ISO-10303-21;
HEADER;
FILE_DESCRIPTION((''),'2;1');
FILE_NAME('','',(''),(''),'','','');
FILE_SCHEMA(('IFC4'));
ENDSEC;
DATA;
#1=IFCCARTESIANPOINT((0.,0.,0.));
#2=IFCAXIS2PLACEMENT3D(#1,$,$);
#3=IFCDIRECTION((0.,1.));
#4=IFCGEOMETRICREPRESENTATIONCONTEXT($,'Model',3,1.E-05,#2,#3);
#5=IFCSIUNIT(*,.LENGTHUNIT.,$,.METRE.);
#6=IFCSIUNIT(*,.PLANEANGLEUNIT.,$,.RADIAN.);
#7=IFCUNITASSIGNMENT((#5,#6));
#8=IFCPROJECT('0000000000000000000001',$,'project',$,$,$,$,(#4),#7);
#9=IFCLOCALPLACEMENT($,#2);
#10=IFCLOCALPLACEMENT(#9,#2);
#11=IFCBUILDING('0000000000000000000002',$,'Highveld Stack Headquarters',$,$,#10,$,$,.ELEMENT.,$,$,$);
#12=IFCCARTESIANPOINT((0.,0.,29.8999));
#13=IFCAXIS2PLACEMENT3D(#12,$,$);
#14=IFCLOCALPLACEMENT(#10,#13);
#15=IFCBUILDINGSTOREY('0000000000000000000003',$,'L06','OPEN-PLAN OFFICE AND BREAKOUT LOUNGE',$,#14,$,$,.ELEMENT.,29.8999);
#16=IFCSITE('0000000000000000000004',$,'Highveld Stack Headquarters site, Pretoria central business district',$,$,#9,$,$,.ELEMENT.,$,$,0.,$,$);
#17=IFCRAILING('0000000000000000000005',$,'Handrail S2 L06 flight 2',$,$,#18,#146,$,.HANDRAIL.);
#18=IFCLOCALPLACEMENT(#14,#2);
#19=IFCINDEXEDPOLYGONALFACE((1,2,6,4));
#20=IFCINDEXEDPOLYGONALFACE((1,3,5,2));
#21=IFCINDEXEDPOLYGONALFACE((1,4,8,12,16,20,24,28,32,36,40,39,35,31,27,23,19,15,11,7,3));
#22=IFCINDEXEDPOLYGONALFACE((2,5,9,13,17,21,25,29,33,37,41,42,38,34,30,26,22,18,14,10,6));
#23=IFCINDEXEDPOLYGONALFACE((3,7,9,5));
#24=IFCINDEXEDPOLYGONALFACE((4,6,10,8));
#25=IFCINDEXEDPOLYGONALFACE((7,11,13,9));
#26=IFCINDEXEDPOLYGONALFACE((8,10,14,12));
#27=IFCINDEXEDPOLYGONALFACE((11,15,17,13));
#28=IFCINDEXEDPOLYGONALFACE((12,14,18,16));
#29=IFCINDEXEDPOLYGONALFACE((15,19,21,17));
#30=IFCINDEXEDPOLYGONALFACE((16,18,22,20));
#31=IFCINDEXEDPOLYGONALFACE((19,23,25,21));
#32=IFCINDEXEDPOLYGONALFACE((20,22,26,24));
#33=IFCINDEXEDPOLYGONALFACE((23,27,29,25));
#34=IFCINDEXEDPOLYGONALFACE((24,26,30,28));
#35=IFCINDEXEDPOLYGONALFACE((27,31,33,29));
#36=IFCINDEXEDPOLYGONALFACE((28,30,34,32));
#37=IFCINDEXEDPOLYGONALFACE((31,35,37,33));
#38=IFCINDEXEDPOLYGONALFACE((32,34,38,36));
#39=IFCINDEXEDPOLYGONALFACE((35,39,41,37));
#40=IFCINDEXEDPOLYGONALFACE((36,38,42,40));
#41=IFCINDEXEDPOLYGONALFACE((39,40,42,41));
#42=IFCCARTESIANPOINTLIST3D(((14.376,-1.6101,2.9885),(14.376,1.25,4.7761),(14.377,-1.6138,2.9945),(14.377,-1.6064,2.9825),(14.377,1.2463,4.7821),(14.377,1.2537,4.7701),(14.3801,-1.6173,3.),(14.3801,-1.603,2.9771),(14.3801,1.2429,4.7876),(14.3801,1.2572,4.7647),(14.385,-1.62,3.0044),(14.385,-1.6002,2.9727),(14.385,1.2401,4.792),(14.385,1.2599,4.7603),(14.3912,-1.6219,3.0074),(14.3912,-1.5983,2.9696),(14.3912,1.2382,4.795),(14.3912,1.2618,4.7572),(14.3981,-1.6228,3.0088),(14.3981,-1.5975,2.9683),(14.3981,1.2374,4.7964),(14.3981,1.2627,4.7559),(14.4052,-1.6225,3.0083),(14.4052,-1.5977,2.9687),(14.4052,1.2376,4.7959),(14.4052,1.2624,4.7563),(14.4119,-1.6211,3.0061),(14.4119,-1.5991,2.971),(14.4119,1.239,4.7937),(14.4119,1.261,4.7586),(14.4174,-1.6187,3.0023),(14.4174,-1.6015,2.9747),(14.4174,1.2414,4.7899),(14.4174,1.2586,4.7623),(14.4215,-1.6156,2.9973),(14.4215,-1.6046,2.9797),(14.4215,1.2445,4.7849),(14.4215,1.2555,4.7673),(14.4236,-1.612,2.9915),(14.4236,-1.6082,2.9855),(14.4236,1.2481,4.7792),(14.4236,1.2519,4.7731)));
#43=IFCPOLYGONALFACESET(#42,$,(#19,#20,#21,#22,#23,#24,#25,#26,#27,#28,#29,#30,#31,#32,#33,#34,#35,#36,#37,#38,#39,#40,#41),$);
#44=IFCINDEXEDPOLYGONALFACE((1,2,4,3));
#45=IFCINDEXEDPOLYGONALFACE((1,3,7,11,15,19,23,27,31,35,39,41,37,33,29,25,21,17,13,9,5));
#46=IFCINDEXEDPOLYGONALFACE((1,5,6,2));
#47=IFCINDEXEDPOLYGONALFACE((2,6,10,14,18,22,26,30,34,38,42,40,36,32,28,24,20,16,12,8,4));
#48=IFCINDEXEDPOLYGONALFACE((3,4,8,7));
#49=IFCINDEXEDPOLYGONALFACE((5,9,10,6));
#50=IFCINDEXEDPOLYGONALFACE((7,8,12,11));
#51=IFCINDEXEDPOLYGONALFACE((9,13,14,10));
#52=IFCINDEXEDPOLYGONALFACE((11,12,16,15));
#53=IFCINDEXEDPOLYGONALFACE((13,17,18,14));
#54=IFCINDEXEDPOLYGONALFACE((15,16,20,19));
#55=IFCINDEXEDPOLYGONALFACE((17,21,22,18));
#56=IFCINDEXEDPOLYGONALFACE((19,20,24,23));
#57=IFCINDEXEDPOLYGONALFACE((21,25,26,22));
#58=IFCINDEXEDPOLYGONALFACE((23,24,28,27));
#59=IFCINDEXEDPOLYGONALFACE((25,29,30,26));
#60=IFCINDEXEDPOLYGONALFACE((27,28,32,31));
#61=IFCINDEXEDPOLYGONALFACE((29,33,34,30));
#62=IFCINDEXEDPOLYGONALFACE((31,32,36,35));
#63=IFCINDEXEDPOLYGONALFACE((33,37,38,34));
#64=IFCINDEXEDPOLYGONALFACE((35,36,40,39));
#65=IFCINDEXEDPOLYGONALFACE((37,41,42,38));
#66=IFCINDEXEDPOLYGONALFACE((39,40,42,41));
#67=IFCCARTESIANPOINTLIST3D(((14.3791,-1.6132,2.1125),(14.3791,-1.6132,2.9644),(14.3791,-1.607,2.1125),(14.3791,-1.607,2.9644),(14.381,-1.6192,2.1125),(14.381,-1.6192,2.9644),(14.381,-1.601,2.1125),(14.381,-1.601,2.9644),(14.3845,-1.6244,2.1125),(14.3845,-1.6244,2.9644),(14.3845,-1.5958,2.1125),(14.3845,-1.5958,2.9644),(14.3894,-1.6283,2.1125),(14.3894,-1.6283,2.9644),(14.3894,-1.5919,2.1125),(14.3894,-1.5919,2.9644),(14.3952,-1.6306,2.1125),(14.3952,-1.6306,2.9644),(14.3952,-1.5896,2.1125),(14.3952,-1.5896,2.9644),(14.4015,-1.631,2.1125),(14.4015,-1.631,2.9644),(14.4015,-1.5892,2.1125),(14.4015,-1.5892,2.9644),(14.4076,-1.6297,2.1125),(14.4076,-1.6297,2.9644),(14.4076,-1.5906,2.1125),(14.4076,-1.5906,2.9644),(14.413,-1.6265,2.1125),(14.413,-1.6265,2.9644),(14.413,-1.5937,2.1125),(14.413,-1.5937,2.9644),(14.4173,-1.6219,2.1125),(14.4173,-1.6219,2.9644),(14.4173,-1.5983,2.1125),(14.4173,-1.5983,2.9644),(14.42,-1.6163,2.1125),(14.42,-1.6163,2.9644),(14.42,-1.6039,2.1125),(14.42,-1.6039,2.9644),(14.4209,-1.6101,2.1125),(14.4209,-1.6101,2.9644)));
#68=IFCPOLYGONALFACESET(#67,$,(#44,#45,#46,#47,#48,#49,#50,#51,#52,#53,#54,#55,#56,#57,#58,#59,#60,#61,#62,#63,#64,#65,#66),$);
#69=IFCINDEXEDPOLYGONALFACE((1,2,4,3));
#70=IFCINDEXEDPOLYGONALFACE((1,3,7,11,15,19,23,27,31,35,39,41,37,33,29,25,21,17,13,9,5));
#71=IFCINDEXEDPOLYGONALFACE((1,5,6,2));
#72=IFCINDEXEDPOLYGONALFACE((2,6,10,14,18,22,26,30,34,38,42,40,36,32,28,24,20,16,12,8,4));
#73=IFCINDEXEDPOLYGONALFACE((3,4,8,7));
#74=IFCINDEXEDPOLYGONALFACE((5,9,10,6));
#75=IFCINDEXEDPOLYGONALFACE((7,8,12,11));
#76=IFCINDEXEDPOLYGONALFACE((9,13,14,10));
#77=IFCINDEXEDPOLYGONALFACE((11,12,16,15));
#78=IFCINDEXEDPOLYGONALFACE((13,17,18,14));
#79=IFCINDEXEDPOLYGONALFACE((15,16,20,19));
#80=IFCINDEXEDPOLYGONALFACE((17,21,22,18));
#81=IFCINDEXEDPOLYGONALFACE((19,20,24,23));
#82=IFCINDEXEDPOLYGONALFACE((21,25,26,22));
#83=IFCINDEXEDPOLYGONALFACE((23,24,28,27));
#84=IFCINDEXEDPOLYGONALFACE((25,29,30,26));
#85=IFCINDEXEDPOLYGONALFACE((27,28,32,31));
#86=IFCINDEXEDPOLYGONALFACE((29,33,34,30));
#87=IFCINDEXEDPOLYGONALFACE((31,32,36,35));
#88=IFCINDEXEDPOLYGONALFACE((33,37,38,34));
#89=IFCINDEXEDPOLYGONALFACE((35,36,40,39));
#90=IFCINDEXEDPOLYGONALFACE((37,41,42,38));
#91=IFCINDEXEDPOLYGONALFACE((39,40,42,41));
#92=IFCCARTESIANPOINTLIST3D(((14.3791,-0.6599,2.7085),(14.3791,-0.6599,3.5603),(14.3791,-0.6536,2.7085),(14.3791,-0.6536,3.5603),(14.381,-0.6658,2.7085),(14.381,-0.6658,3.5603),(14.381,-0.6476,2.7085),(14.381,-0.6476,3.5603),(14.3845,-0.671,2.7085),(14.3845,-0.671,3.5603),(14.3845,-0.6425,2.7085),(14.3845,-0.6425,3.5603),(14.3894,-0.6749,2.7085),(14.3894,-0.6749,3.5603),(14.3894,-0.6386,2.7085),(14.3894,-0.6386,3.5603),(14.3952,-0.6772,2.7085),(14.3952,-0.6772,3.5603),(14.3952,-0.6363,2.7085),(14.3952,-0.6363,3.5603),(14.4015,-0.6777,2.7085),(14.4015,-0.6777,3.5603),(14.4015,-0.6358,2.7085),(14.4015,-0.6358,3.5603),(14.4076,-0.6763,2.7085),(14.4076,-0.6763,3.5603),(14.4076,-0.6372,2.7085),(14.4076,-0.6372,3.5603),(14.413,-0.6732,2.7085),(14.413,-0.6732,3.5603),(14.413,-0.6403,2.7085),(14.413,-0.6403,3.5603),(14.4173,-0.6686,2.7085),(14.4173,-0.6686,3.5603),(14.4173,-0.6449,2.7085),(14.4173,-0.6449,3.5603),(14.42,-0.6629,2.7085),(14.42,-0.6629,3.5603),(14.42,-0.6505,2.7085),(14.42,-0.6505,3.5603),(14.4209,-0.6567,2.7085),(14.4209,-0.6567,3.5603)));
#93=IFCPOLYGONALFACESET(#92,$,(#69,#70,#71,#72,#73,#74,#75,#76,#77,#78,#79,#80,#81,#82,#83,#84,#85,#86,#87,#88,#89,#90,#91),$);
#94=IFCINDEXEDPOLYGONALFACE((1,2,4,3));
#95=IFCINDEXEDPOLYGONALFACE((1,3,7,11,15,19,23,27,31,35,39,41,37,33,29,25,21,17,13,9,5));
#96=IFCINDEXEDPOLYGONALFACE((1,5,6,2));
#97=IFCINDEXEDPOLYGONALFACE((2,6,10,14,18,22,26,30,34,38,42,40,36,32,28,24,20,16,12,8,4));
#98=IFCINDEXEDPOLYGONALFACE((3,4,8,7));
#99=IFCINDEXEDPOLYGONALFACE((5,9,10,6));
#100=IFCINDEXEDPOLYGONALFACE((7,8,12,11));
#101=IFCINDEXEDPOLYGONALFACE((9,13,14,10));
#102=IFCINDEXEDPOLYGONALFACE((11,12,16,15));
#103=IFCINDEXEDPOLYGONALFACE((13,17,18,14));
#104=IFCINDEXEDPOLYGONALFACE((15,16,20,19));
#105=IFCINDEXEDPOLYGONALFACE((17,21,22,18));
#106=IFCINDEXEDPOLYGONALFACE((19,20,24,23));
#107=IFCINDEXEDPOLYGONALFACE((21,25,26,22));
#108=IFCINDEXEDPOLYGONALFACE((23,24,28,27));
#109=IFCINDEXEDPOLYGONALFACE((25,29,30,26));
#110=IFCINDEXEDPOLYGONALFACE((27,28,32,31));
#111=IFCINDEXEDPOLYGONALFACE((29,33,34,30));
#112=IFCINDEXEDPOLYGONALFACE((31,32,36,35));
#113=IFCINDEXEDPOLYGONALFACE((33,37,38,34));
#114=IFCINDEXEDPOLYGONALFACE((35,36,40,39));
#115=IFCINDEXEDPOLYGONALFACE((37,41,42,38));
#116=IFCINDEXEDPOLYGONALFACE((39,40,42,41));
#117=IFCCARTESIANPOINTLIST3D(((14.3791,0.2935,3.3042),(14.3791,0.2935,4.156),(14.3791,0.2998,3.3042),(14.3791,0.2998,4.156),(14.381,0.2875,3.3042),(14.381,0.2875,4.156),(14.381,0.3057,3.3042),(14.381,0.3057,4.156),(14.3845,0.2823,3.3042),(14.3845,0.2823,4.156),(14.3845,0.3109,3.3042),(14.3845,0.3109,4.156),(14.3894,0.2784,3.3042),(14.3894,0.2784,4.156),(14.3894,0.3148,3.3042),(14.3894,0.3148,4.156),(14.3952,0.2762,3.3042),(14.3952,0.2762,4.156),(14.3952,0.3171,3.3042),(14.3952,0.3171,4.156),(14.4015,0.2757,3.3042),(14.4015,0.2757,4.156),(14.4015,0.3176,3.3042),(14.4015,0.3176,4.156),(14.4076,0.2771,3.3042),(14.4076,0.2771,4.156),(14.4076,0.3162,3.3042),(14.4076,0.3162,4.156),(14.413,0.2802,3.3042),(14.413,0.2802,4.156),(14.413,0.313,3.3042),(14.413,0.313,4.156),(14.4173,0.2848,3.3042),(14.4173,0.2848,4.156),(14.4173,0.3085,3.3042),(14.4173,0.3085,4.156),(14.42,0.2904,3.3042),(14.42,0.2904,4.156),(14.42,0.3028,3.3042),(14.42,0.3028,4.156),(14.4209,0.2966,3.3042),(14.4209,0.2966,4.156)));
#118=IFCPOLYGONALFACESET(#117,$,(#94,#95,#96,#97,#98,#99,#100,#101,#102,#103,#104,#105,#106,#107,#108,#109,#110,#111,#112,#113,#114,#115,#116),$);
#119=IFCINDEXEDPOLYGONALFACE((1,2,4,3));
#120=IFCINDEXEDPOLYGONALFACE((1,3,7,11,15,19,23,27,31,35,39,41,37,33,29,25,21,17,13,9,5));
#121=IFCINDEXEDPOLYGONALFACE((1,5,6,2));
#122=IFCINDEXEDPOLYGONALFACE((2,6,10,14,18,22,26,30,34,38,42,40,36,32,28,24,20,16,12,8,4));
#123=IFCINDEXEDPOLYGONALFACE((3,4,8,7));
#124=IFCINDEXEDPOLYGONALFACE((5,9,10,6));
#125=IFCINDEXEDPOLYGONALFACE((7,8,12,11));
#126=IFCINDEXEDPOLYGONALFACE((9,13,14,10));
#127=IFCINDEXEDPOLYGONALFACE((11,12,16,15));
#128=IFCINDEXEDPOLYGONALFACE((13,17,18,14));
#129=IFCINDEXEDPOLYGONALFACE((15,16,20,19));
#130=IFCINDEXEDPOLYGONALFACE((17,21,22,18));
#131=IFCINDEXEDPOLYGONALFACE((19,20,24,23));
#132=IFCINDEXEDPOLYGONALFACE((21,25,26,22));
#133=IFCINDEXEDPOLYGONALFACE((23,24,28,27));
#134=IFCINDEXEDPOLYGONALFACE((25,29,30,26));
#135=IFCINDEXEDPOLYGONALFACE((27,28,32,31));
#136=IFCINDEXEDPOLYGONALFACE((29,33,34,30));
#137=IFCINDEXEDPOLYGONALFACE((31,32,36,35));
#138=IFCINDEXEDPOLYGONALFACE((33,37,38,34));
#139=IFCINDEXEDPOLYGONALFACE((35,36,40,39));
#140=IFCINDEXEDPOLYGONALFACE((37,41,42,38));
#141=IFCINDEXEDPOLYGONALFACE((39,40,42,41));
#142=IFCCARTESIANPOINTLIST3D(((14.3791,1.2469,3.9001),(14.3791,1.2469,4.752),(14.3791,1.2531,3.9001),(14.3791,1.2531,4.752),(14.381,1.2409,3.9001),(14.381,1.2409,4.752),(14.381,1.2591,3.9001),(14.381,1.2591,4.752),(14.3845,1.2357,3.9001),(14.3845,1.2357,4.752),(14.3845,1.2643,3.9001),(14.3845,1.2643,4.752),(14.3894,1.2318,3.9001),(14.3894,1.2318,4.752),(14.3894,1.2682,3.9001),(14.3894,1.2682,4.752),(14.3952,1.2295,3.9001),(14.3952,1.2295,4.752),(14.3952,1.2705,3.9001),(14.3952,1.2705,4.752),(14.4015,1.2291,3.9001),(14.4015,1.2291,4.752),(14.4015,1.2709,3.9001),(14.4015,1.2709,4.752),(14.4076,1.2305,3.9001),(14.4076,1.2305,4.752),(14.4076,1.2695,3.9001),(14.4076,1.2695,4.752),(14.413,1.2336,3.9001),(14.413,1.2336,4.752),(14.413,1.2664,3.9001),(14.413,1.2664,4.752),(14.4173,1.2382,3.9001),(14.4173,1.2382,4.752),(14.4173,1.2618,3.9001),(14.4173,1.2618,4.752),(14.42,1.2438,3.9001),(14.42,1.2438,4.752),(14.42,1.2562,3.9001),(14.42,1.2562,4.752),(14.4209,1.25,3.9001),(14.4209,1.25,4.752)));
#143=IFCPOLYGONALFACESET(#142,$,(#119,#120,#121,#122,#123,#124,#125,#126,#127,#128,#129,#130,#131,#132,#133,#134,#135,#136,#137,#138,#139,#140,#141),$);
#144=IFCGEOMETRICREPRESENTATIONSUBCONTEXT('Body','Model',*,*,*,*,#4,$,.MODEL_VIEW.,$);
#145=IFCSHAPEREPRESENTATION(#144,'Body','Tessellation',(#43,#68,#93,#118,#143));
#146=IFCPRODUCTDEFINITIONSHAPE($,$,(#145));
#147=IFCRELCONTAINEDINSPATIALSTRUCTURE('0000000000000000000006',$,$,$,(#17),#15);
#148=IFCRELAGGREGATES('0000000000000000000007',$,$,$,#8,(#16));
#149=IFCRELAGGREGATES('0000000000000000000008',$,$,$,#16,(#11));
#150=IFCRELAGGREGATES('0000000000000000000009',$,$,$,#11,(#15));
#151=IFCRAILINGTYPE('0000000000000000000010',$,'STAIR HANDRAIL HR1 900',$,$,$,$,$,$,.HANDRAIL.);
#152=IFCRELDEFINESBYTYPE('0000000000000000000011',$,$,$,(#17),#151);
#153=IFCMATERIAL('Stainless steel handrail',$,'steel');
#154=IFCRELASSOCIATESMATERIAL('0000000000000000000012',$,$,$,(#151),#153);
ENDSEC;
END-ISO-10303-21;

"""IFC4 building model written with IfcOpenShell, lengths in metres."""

from ifc_helpers import new_model, si_unit, direction, frame, origin, origin_2d, place, context, subcontext, project, spatial, circle, extrude, material, type_object, element, save


model = new_model("IFC4")

# Units and contexts
model_context = context("Model", 3, precision=1e-05, world=origin(), true_north=direction((0.0, 1.0)))
body_context = subcontext(model_context, "Body", "Model", "MODEL_VIEW")
ifc_project = project(units=[si_unit("LENGTHUNIT", "METRE"), si_unit("PLANEANGLEUNIT", "RADIAN")], contexts=[model_context])

# Site, building, storey
site_placement = place(None, origin())
site = spatial("IfcSite", under=ifc_project, at=site_placement, Name="Highveld Stack Headquarters site, Pretoria central business district", CompositionType="ELEMENT", RefElevation=0.0)
building_placement = place(site_placement, origin())
building = spatial("IfcBuilding", under=site, at=building_placement, Name="Highveld Stack Headquarters", CompositionType="ELEMENT")
storey_placement = place(building_placement, frame((0.0, 0.0, 29.8999)))
storey = spatial("IfcBuildingStorey", under=building, at=storey_placement, Name="L06", Description="OPEN-PLAN OFFICE AND BREAKOUT LOUNGE", CompositionType="ELEMENT", Elevation=29.8999)

# Railing
ifc_material_1 = material(Name="Stainless steel handrail", Category="steel")
railing_type = type_object("IfcRailingType", Name="STAIR HANDRAIL HR1 900", PredefinedType="HANDRAIL", material=ifc_material_1)
railing_placement = place(storey_placement, frame((14.3999, -1.6101, 2.1125)))
element("IfcRailing", 1, at=railing_placement, inside=storey, type_object=railing_type, Name="Handrail S2 L06 flight 2", PredefinedType="HANDRAIL", context=body_context, shape_type="SweptSolid", body=[
    extrude(circle(Radius=0.0239, at=origin_2d()), frame((0.0, 0.0, 0.876), z_axis=(0.0, 0.847994, 0.530005), x_axis=(-1.0, 0.0, 0.0)), (0.0, 0.0, 1.0), 3.3728),
    extrude(circle(Radius=0.021, at=origin_2d()), origin(), (0.0, 0.0, 1.0), 0.8518),
    extrude(circle(Radius=0.021, at=origin_2d()), frame((0.0, 0.9534, 0.5959)), (0.0, 0.0, 1.0), 0.8518),
    extrude(circle(Radius=0.021, at=origin_2d()), frame((0.0, 1.9067, 1.1917)), (0.0, 0.0, 1.0), 0.8518),
    extrude(circle(Radius=0.021, at=origin_2d()), frame((0.0, 2.8601, 1.7876)), (0.0, 0.0, 1.0), 0.8518),
])

save(model, "model.ifc")
